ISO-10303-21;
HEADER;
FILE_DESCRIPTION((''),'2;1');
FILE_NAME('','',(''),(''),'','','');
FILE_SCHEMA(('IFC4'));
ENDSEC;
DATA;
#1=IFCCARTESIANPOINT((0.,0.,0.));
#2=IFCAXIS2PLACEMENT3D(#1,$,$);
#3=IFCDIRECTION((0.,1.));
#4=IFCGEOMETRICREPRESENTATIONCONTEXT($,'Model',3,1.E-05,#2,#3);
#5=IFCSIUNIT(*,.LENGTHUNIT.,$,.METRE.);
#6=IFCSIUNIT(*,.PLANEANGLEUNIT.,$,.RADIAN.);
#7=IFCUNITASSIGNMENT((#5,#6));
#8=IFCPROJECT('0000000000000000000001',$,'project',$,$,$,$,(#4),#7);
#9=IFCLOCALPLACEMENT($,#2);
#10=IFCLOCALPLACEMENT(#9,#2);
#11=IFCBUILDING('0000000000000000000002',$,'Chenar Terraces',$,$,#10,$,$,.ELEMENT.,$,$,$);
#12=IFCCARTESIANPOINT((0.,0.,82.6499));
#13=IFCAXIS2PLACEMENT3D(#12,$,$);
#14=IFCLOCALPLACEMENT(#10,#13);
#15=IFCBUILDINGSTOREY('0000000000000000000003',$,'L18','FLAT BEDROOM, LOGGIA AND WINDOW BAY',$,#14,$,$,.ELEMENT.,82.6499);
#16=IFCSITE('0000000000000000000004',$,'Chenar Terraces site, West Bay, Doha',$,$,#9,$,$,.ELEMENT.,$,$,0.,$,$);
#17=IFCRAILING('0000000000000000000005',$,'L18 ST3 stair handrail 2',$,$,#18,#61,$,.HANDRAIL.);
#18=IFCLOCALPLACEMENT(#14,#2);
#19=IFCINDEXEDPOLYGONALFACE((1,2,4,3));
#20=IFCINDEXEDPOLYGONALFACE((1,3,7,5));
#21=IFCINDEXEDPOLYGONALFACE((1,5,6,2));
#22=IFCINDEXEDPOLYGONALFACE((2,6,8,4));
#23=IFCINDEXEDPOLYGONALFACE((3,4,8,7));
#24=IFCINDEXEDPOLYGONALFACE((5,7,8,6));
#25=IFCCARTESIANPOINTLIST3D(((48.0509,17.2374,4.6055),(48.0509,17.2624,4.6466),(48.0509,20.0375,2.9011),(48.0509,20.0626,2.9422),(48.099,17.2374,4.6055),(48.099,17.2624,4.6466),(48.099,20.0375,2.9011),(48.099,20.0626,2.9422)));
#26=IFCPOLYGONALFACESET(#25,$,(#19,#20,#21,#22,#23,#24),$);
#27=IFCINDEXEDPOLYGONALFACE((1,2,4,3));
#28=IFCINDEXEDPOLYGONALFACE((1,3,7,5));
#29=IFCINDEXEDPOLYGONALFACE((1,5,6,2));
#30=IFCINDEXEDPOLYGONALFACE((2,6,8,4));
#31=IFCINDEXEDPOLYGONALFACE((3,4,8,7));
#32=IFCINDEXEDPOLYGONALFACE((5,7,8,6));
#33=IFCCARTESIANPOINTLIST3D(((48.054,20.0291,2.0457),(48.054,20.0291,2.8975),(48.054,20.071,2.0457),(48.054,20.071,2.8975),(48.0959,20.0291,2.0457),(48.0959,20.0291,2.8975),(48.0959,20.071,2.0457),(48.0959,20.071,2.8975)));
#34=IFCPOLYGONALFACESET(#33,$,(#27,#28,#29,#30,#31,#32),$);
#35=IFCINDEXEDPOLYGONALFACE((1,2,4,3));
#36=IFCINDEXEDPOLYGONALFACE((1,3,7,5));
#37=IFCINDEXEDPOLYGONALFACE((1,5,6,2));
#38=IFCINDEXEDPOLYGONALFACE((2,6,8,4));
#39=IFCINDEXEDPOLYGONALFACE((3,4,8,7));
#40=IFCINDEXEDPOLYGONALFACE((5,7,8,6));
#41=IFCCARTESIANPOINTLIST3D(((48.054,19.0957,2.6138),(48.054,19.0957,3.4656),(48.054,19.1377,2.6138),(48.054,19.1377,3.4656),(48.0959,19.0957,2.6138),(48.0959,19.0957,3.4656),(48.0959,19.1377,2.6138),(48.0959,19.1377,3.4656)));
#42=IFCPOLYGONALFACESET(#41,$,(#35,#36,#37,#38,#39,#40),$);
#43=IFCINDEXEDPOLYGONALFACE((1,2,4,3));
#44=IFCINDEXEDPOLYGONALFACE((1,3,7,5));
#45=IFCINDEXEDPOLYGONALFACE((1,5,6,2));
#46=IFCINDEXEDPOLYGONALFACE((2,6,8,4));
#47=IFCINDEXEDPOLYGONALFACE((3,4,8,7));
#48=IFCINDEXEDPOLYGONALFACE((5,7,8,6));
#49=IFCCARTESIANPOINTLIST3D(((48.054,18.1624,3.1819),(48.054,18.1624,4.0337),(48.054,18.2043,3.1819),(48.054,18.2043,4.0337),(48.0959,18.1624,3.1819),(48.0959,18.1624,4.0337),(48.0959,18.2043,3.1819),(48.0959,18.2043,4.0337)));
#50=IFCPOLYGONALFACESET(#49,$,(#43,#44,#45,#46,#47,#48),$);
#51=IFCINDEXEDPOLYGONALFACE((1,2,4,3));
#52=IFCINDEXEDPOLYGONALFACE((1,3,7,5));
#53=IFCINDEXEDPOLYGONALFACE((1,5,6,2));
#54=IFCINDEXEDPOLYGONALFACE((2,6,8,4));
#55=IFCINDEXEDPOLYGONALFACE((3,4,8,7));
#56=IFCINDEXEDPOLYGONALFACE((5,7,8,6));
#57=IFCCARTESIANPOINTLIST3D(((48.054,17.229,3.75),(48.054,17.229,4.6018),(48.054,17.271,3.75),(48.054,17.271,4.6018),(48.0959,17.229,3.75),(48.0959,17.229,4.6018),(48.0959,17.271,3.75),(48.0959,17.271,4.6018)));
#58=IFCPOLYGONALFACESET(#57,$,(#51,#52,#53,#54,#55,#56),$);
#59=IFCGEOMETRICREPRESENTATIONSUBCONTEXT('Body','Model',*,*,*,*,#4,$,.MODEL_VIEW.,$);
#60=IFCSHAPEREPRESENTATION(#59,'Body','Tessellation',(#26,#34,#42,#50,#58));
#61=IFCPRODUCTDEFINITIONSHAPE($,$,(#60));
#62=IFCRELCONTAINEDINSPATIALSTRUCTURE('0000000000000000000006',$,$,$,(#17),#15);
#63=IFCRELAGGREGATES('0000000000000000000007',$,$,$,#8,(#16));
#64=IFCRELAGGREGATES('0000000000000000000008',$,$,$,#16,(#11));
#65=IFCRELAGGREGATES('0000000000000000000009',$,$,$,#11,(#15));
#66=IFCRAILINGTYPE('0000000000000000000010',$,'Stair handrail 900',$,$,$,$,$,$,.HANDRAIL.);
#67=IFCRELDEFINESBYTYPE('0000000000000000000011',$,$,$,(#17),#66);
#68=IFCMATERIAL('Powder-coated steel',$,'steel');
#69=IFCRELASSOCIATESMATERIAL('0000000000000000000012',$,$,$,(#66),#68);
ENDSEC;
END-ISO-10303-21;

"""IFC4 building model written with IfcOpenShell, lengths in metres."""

from ifc_helpers import new_model, si_unit, direction, frame, origin, origin_2d, place, context, subcontext, project, spatial, rectangle, extrude, material, type_object, element, save


model = new_model("IFC4")

# Units and contexts
model_context = context("Model", 3, precision=1e-05, world=origin(), true_north=direction((0.0, 1.0)))
body_context = subcontext(model_context, "Body", "Model", "MODEL_VIEW")
ifc_project = project(units=[si_unit("LENGTHUNIT", "METRE"), si_unit("PLANEANGLEUNIT", "RADIAN")], contexts=[model_context])

# Site, building, storey
site_placement = place(None, origin())
site = spatial("IfcSite", under=ifc_project, at=site_placement, Name="Chenar Terraces site, West Bay, Doha", CompositionType="ELEMENT", RefElevation=0.0)
building_placement = place(site_placement, origin())
building = spatial("IfcBuilding", under=site, at=building_placement, Name="Chenar Terraces", CompositionType="ELEMENT")
storey_placement = place(building_placement, frame((0.0, 0.0, 82.6499)))
storey = spatial("IfcBuildingStorey", under=building, at=storey_placement, Name="L18", Description="FLAT BEDROOM, LOGGIA AND WINDOW BAY", CompositionType="ELEMENT", Elevation=82.6499)

# Railing
ifc_material_1 = material(Name="Powder-coated steel", Category="steel")
railing_type_1 = type_object("IfcRailingType", Name="Stair handrail 900", PredefinedType="HANDRAIL", material=ifc_material_1)
railing_1_placement = place(storey_placement, frame((48.075, 20.05, 2.0457)))
element("IfcRailing", 1, at=railing_1_placement, inside=storey, type_object=railing_type_1, Name="L18 ST3 stair handrail 2", PredefinedType="HANDRAIL", context=body_context, shape_type="SweptSolid", body=[
    extrude(rectangle(XDim=0.0481, YDim=0.0481, at=origin_2d()), frame((0.0, 0.0, 0.876), z_axis=(0.0, -0.854203, 0.51994), x_axis=(1.0, 0.0, 0.0)), (0.0, 0.0, 1.0), 3.2781),
    extrude(rectangle(XDim=0.042, YDim=0.042, at=origin_2d()), origin(), (0.0, 0.0, 1.0), 0.8518),
    extrude(rectangle(XDim=0.042, YDim=0.042, at=origin_2d()), frame((0.0, -0.9333, 0.5681)), (0.0, 0.0, 1.0), 0.8518),
    extrude(rectangle(XDim=0.042, YDim=0.042, at=origin_2d()), frame((0.0, -1.8667, 1.1362)), (0.0, 0.0, 1.0), 0.8518),
    extrude(rectangle(XDim=0.042, YDim=0.042, at=origin_2d()), frame((0.0, -2.8, 1.7043)), (0.0, 0.0, 1.0), 0.8518),
])

save(model, "model.ifc")
